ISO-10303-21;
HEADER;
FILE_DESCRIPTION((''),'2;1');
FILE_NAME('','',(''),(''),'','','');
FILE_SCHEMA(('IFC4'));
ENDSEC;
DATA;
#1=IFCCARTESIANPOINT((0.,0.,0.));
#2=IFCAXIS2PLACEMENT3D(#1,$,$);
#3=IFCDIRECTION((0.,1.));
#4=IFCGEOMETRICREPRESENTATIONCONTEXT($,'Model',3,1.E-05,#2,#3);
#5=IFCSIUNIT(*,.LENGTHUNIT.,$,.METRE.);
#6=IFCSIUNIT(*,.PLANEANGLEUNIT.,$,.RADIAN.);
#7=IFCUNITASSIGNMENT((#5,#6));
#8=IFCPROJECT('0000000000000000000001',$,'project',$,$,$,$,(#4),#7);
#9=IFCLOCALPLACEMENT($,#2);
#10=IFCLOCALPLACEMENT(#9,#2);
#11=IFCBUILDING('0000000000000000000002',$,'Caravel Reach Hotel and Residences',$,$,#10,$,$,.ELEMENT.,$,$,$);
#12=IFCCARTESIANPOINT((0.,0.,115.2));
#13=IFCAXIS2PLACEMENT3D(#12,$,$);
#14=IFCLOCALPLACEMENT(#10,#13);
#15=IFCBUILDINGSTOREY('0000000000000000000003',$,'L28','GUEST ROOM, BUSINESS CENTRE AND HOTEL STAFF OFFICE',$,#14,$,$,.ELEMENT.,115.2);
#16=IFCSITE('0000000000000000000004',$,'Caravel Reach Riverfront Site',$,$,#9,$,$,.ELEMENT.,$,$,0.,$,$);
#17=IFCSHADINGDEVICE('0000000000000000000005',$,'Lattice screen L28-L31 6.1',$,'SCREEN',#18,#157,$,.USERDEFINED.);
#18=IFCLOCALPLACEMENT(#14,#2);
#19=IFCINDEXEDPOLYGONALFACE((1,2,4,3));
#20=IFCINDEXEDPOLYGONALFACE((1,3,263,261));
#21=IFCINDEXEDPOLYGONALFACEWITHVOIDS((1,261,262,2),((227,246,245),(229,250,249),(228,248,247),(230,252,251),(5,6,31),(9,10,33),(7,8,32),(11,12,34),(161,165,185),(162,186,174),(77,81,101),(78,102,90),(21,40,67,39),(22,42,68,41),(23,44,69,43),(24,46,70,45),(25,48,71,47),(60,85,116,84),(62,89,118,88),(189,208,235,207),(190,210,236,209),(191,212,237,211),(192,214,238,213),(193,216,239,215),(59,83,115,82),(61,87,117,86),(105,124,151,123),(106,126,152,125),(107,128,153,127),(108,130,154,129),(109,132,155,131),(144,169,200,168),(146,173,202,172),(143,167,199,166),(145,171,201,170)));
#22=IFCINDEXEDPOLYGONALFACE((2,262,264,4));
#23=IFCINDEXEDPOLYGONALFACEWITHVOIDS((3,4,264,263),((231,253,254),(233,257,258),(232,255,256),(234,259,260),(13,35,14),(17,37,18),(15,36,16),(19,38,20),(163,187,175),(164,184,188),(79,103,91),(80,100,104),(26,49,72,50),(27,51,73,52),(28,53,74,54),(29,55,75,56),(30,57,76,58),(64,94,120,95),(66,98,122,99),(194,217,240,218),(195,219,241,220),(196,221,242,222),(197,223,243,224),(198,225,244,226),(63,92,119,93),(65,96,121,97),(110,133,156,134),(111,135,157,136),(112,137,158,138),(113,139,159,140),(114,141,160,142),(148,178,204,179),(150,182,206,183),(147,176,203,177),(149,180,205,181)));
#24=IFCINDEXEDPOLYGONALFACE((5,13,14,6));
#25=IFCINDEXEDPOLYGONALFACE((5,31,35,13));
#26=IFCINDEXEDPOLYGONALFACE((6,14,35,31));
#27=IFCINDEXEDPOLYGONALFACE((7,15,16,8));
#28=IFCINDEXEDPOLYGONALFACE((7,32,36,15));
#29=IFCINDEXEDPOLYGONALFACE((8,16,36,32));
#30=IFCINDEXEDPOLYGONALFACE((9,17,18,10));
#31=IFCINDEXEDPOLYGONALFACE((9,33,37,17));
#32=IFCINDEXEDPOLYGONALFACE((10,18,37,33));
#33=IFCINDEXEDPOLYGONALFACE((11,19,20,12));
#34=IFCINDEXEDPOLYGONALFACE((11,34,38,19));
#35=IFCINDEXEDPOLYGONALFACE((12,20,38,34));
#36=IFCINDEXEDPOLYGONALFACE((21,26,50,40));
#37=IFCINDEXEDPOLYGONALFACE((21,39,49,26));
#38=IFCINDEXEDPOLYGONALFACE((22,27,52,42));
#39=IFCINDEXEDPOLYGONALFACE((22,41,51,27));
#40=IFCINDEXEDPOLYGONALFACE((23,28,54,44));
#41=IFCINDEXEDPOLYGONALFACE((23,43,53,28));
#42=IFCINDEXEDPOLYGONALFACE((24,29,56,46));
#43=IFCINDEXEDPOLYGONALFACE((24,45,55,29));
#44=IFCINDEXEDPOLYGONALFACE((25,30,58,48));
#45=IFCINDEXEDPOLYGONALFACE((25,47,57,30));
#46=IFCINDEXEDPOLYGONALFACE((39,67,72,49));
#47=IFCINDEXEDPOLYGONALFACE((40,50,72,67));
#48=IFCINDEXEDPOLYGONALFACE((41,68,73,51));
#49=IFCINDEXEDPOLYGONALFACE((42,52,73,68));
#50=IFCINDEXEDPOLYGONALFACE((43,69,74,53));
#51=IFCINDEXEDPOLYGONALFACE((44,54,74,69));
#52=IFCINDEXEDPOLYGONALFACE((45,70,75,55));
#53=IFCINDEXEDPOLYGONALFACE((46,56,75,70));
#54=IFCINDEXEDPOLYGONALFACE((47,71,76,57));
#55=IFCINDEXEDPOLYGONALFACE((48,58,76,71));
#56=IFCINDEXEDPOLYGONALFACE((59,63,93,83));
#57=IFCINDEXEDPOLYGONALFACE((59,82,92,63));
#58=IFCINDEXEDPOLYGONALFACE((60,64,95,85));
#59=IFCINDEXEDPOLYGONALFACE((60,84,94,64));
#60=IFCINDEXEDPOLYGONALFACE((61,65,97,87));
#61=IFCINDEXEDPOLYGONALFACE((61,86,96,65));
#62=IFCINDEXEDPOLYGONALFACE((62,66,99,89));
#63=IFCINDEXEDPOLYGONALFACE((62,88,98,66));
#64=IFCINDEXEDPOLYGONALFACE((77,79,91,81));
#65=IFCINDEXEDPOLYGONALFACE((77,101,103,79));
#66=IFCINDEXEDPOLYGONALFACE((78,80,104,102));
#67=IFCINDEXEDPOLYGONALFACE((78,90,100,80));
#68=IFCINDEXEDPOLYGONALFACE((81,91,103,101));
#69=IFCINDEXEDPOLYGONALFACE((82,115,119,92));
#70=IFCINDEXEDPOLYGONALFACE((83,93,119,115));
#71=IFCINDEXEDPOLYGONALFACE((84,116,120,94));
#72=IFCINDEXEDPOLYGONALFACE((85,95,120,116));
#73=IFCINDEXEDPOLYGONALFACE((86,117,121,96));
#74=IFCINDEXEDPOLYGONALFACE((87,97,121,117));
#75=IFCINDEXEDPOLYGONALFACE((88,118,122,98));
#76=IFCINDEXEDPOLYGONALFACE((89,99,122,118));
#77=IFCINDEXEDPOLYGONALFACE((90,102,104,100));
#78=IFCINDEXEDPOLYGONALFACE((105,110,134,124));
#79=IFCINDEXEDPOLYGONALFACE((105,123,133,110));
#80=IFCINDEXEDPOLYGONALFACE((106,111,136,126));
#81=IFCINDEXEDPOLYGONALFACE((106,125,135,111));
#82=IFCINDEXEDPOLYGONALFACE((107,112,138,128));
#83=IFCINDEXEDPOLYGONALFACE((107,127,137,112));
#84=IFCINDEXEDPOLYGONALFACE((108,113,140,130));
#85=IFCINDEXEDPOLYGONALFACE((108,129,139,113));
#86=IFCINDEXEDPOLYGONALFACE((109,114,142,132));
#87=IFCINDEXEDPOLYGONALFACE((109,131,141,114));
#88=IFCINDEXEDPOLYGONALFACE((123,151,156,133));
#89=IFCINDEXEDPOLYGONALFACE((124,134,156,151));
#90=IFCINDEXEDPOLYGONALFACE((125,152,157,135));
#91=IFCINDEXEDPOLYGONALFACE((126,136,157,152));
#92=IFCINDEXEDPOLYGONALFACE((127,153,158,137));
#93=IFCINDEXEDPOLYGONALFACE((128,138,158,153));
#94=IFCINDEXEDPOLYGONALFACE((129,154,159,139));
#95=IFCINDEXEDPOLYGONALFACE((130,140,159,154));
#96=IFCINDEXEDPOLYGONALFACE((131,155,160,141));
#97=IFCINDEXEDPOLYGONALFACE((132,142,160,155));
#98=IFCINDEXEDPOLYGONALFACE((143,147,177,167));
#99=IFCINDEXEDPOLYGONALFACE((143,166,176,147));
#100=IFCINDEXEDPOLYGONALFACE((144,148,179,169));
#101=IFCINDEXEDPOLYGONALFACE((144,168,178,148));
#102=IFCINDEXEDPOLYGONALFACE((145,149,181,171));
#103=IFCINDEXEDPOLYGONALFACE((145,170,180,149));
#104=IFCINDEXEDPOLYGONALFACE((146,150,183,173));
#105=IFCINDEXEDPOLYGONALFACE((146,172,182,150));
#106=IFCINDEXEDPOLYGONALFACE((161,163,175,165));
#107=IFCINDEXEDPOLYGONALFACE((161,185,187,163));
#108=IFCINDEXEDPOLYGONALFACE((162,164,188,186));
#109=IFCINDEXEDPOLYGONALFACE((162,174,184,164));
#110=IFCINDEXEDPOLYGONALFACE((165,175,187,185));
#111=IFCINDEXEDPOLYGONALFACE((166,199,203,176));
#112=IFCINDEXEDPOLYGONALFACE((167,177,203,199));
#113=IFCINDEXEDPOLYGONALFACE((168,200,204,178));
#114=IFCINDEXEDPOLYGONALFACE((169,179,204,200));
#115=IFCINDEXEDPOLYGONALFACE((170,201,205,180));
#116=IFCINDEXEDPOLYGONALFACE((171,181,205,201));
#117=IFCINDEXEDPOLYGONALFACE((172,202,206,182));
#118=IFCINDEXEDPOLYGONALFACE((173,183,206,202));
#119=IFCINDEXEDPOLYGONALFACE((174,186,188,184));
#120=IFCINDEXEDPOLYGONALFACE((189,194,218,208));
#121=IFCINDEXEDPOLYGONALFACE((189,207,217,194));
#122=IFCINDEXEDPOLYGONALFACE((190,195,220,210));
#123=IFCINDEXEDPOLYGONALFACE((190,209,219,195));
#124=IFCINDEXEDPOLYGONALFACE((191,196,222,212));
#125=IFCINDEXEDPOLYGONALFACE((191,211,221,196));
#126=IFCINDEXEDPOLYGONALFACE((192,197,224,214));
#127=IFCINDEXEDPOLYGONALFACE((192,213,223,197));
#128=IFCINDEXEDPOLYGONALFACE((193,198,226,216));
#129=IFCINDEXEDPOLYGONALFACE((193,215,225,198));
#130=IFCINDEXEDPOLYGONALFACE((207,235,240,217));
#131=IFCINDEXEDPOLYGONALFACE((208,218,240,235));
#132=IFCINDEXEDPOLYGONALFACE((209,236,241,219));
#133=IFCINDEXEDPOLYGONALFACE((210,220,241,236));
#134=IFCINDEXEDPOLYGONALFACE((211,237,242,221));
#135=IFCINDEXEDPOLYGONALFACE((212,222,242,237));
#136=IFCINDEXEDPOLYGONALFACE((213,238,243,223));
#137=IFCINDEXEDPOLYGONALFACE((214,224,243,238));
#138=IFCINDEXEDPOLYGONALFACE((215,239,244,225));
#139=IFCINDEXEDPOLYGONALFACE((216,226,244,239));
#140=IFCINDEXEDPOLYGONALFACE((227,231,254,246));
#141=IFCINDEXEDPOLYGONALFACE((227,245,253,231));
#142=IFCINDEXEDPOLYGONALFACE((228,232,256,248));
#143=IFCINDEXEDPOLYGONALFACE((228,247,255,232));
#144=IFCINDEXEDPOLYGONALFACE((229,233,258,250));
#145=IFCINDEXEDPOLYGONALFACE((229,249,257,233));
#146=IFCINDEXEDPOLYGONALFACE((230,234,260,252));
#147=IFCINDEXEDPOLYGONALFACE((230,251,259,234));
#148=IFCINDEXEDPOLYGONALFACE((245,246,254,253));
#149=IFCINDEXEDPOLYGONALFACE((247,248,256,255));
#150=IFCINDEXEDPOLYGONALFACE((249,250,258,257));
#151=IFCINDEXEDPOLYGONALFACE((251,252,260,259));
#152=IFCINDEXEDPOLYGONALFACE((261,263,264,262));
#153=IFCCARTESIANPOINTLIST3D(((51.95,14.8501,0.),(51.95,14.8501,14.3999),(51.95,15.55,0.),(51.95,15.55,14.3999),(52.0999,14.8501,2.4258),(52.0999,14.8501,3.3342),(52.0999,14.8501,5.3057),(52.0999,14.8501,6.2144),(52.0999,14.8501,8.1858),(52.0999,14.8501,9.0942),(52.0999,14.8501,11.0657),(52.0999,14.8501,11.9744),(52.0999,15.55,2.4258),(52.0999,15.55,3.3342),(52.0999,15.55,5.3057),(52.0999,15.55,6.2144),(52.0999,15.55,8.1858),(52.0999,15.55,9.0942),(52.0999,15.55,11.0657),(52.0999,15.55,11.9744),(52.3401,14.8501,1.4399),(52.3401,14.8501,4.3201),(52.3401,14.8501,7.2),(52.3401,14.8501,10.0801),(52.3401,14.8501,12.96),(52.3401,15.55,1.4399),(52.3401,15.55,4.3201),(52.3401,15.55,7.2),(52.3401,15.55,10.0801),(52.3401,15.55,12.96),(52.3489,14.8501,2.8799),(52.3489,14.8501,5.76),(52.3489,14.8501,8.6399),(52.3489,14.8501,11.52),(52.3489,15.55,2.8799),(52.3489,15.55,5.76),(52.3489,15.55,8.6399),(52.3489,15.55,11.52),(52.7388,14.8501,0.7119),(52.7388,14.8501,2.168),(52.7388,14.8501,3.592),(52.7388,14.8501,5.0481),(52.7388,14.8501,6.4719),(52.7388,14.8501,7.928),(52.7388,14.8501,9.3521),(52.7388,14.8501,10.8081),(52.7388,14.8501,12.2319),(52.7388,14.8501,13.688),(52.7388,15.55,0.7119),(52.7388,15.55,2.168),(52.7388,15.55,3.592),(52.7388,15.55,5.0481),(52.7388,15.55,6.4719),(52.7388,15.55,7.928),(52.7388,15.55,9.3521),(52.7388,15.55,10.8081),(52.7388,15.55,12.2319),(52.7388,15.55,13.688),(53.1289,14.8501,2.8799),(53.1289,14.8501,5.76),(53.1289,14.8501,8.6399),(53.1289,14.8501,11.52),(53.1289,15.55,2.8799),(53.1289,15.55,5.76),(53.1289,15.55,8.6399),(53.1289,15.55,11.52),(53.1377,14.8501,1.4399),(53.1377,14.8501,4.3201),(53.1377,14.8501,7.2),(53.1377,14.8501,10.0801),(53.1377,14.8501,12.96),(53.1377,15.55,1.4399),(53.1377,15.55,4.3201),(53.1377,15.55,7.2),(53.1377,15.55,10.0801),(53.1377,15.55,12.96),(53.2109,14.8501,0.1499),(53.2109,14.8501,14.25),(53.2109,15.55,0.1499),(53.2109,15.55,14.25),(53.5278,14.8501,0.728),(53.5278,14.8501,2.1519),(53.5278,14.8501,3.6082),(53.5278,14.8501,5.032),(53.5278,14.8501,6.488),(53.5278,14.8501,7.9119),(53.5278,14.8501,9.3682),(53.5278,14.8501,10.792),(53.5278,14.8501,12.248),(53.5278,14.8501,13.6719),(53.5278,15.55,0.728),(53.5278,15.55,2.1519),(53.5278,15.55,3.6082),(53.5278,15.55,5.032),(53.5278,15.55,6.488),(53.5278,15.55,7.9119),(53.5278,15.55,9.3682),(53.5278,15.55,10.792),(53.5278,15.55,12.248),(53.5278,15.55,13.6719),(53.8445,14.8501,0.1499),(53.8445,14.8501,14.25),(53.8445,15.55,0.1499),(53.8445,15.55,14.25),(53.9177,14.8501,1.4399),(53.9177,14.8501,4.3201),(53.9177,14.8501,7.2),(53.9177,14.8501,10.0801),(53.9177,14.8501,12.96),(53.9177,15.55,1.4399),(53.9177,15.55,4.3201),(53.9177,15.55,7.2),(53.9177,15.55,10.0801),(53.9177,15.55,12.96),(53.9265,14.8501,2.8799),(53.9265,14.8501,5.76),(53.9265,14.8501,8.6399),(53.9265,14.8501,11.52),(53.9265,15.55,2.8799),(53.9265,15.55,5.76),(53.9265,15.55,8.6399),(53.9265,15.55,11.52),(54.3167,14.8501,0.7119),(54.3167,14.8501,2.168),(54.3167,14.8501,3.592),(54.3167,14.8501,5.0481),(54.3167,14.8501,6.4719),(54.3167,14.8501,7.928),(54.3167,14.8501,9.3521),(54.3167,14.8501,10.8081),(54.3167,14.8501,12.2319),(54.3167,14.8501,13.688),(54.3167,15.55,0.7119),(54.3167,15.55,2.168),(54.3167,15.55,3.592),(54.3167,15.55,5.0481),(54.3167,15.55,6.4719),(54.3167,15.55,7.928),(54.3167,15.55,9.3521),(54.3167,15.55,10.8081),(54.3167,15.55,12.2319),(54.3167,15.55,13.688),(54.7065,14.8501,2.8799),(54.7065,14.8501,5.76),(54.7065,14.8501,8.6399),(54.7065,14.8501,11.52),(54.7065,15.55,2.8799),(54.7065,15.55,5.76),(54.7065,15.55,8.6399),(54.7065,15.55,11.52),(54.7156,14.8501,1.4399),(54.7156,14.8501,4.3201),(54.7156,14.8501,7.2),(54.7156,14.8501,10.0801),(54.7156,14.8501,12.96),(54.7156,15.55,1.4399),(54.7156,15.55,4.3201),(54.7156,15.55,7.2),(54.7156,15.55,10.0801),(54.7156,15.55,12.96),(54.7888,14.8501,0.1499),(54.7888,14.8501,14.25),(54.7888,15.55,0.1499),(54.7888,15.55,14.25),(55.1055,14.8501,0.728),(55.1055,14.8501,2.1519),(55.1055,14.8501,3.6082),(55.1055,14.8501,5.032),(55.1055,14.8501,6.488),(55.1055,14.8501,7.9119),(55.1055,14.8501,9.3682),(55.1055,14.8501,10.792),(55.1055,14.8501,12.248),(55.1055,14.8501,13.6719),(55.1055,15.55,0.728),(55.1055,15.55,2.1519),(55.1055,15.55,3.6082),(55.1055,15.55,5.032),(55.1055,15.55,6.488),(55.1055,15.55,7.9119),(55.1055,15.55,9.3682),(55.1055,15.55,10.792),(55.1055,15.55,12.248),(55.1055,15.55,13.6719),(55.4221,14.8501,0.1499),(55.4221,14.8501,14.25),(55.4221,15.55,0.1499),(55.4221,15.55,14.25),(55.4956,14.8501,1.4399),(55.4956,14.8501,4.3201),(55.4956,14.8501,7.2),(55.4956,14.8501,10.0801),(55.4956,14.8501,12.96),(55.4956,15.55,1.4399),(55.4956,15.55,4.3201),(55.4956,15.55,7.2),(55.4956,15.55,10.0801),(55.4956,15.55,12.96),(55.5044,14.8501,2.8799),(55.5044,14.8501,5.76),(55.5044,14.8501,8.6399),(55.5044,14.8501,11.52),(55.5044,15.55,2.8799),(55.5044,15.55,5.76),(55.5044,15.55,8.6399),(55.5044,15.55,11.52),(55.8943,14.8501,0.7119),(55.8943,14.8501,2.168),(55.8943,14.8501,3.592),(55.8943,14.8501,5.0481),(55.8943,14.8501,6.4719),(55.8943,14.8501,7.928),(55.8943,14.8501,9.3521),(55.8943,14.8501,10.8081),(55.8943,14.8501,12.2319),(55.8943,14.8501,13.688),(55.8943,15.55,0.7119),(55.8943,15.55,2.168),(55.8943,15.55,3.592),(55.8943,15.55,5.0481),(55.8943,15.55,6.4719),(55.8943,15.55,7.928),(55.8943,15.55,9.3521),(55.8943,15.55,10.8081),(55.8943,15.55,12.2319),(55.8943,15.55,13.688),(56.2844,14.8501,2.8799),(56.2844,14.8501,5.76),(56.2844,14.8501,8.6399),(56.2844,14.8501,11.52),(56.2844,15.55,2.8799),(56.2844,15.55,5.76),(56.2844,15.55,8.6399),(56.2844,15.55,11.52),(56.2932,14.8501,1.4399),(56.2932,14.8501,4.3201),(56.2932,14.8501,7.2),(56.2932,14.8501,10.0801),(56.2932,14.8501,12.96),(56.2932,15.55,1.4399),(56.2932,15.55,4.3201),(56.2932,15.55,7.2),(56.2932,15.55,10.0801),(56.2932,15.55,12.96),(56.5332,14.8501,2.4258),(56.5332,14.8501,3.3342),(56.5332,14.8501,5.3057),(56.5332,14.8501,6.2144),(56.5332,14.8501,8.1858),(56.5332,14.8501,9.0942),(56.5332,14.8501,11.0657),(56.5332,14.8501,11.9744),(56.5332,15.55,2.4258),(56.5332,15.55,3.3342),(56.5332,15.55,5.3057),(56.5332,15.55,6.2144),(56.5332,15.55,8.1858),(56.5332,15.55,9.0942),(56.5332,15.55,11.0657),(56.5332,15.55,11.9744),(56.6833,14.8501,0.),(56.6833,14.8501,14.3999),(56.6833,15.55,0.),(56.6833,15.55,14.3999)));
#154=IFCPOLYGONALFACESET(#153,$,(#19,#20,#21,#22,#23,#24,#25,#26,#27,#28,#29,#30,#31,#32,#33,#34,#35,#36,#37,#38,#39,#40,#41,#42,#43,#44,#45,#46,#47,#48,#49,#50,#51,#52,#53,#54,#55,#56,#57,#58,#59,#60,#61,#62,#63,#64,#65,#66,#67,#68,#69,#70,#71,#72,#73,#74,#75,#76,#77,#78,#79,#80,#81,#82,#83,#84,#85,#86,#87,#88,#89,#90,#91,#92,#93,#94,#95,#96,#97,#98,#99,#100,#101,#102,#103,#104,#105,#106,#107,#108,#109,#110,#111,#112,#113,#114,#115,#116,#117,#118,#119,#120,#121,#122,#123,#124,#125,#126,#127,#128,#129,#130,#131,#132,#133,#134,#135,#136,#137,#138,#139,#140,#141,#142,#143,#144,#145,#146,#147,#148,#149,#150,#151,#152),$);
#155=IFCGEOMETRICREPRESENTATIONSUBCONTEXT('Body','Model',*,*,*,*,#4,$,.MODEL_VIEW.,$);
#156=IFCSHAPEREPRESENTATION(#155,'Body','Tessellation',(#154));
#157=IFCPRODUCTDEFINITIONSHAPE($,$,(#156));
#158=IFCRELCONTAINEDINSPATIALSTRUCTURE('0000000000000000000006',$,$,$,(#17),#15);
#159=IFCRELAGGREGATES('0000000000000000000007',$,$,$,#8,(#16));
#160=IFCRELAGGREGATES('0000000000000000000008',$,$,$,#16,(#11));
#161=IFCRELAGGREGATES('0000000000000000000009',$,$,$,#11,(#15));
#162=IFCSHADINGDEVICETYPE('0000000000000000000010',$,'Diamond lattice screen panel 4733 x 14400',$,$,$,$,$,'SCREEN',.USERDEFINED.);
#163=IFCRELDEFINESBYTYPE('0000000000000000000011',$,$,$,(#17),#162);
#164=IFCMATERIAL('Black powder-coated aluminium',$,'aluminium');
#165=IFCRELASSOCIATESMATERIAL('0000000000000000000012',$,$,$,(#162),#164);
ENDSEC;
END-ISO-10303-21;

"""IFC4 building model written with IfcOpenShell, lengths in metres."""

from ifc_helpers import new_model, si_unit, direction, frame, origin, place, context, subcontext, project, spatial, polyline, outline, extrude, material, type_object, element, save


model = new_model("IFC4")

# Units and contexts
model_context = context("Model", 3, precision=1e-05, world=origin(), true_north=direction((0.0, 1.0)))
body_context = subcontext(model_context, "Body", "Model", "MODEL_VIEW")
ifc_project = project(units=[si_unit("LENGTHUNIT", "METRE"), si_unit("PLANEANGLEUNIT", "RADIAN")], contexts=[model_context])

# Site, building, storey
site_placement = place(None, origin())
site = spatial("IfcSite", under=ifc_project, at=site_placement, Name="Caravel Reach Riverfront Site", CompositionType="ELEMENT", RefElevation=0.0)
building_placement = place(site_placement, origin())
building = spatial("IfcBuilding", under=site, at=building_placement, Name="Caravel Reach Hotel and Residences", CompositionType="ELEMENT")
storey_placement = place(building_placement, frame((0.0, 0.0, 115.2)))
storey = spatial("IfcBuildingStorey", under=building, at=storey_placement, Name="L28", Description="GUEST ROOM, BUSINESS CENTRE AND HOTEL STAFF OFFICE", CompositionType="ELEMENT", Elevation=115.2)

# Shading device
ifc_material_1 = material(Name="Black powder-coated aluminium", Category="aluminium")
shading_device_type = type_object("IfcShadingDeviceType", Name="Diamond lattice screen panel 4733 x 14400", ElementType="SCREEN", PredefinedType="USERDEFINED", material=ifc_material_1)
shading_device_1_placement = place(storey_placement, frame((51.95, 15.55, 0.0), z_axis=(0.0, -1.0, 0.0), x_axis=(1.0, 0.0, 0.0)))
element("IfcShadingDevice", 1, at=shading_device_1_placement, inside=storey, type_object=shading_device_type, Name="Lattice screen L28-L31 6.1", ObjectType="SCREEN", PredefinedType="USERDEFINED", context=body_context, shape_type="SweptSolid", body=[
    extrude(outline(polyline([(0.0, 0.0), (4.7334, 0.0), (4.7334, 14.3999), (0.0, 14.3999), (0.0, 0.0)]), holes=[polyline([(0.3989, 2.8799), (0.1499, 3.3342), (0.1499, 2.4258), (0.3989, 2.8799)]), polyline([(0.3989, 5.76), (0.1499, 6.2144), (0.1499, 5.3057), (0.3989, 5.76)]), polyline([(0.3989, 8.6399), (0.1499, 9.0942), (0.1499, 8.1858), (0.3989, 8.6399)]), polyline([(0.3989, 11.52), (0.1499, 11.9744), (0.1499, 11.0657), (0.3989, 11.52)]), polyline([(0.7888, 2.168), (0.3901, 1.4399), (0.7888, 0.7119), (1.1877, 1.4399), (0.7888, 2.168)]), polyline([(0.7888, 5.0481), (0.3901, 4.3201), (0.7888, 3.592), (1.1877, 4.3201), (0.7888, 5.0481)]), polyline([(0.7888, 7.928), (0.3901, 7.2), (0.7888, 6.4719), (1.1877, 7.2), (0.7888, 7.928)]), polyline([(0.7888, 10.8081), (0.3901, 10.0801), (0.7888, 9.3521), (1.1877, 10.0801), (0.7888, 10.8081)]), polyline([(0.7888, 13.688), (0.3901, 12.96), (0.7888, 12.2319), (1.1877, 12.96), (0.7888, 13.688)]), polyline([(1.5779, 0.728), (1.261, 0.1499), (1.8945, 0.1499), (1.5779, 0.728)]), polyline([(1.5779, 3.6082), (1.179, 2.8799), (1.5779, 2.1519), (1.9766, 2.8799), (1.5779, 3.6082)]), polyline([(1.5779, 6.488), (1.179, 5.76), (1.5779, 5.032), (1.9766, 5.76), (1.5779, 6.488)]), polyline([(1.5779, 9.3682), (1.179, 8.6399), (1.5779, 7.9119), (1.9766, 8.6399), (1.5779, 9.3682)]), polyline([(1.5779, 12.248), (1.179, 11.52), (1.5779, 10.792), (1.9766, 11.52), (1.5779, 12.248)]), polyline([(1.5779, 13.6719), (1.8945, 14.25), (1.261, 14.25), (1.5779, 13.6719)]), polyline([(2.3667, 2.168), (1.9678, 1.4399), (2.3667, 0.7119), (2.7656, 1.4399), (2.3667, 2.168)]), polyline([(2.3667, 5.0481), (1.9678, 4.3201), (2.3667, 3.592), (2.7656, 4.3201), (2.3667, 5.0481)]), polyline([(2.3667, 7.928), (1.9678, 7.2), (2.3667, 6.4719), (2.7656, 7.2), (2.3667, 7.928)]), polyline([(2.3667, 10.8081), (1.9678, 10.0801), (2.3667, 9.3521), (2.7656, 10.0801), (2.3667, 10.8081)]), polyline([(2.3667, 13.688), (1.9678, 12.96), (2.3667, 12.2319), (2.7656, 12.96), (2.3667, 13.688)]), polyline([(3.1555, 0.728), (2.8389, 0.1499), (3.4722, 0.1499), (3.1555, 0.728)]), polyline([(3.1555, 3.6082), (2.7566, 2.8799), (3.1555, 2.1519), (3.5544, 2.8799), (3.1555, 3.6082)]), polyline([(3.1555, 6.488), (2.7566, 5.76), (3.1555, 5.032), (3.5544, 5.76), (3.1555, 6.488)]), polyline([(3.1555, 9.3682), (2.7566, 8.6399), (3.1555, 7.9119), (3.5544, 8.6399), (3.1555, 9.3682)]), polyline([(3.1555, 12.248), (2.7566, 11.52), (3.1555, 10.792), (3.5544, 11.52), (3.1555, 12.248)]), polyline([(3.1555, 13.6719), (3.4722, 14.25), (2.8389, 14.25), (3.1555, 13.6719)]), polyline([(3.9443, 2.168), (3.5457, 1.4399), (3.9443, 0.7119), (4.3433, 1.4399), (3.9443, 2.168)]), polyline([(3.9443, 5.0481), (3.5457, 4.3201), (3.9443, 3.592), (4.3433, 4.3201), (3.9443, 5.0481)]), polyline([(3.9443, 7.928), (3.5457, 7.2), (3.9443, 6.4719), (4.3433, 7.2), (3.9443, 7.928)]), polyline([(3.9443, 10.8081), (3.5457, 10.0801), (3.9443, 9.3521), (4.3433, 10.0801), (3.9443, 10.8081)]), polyline([(3.9443, 13.688), (3.5457, 12.96), (3.9443, 12.2319), (4.3433, 12.96), (3.9443, 13.688)]), polyline([(4.3345, 2.8799), (4.5833, 2.4258), (4.5833, 3.3342), (4.3345, 2.8799)]), polyline([(4.3345, 5.76), (4.5833, 5.3057), (4.5833, 6.2144), (4.3345, 5.76)]), polyline([(4.3345, 8.6399), (4.5833, 8.1858), (4.5833, 9.0942), (4.3345, 8.6399)]), polyline([(4.3345, 11.52), (4.5833, 11.0657), (4.5833, 11.9744), (4.3345, 11.52)])]), origin(), (0.0, 0.0, 1.0), 0.7),
])

save(model, "model.ifc")
